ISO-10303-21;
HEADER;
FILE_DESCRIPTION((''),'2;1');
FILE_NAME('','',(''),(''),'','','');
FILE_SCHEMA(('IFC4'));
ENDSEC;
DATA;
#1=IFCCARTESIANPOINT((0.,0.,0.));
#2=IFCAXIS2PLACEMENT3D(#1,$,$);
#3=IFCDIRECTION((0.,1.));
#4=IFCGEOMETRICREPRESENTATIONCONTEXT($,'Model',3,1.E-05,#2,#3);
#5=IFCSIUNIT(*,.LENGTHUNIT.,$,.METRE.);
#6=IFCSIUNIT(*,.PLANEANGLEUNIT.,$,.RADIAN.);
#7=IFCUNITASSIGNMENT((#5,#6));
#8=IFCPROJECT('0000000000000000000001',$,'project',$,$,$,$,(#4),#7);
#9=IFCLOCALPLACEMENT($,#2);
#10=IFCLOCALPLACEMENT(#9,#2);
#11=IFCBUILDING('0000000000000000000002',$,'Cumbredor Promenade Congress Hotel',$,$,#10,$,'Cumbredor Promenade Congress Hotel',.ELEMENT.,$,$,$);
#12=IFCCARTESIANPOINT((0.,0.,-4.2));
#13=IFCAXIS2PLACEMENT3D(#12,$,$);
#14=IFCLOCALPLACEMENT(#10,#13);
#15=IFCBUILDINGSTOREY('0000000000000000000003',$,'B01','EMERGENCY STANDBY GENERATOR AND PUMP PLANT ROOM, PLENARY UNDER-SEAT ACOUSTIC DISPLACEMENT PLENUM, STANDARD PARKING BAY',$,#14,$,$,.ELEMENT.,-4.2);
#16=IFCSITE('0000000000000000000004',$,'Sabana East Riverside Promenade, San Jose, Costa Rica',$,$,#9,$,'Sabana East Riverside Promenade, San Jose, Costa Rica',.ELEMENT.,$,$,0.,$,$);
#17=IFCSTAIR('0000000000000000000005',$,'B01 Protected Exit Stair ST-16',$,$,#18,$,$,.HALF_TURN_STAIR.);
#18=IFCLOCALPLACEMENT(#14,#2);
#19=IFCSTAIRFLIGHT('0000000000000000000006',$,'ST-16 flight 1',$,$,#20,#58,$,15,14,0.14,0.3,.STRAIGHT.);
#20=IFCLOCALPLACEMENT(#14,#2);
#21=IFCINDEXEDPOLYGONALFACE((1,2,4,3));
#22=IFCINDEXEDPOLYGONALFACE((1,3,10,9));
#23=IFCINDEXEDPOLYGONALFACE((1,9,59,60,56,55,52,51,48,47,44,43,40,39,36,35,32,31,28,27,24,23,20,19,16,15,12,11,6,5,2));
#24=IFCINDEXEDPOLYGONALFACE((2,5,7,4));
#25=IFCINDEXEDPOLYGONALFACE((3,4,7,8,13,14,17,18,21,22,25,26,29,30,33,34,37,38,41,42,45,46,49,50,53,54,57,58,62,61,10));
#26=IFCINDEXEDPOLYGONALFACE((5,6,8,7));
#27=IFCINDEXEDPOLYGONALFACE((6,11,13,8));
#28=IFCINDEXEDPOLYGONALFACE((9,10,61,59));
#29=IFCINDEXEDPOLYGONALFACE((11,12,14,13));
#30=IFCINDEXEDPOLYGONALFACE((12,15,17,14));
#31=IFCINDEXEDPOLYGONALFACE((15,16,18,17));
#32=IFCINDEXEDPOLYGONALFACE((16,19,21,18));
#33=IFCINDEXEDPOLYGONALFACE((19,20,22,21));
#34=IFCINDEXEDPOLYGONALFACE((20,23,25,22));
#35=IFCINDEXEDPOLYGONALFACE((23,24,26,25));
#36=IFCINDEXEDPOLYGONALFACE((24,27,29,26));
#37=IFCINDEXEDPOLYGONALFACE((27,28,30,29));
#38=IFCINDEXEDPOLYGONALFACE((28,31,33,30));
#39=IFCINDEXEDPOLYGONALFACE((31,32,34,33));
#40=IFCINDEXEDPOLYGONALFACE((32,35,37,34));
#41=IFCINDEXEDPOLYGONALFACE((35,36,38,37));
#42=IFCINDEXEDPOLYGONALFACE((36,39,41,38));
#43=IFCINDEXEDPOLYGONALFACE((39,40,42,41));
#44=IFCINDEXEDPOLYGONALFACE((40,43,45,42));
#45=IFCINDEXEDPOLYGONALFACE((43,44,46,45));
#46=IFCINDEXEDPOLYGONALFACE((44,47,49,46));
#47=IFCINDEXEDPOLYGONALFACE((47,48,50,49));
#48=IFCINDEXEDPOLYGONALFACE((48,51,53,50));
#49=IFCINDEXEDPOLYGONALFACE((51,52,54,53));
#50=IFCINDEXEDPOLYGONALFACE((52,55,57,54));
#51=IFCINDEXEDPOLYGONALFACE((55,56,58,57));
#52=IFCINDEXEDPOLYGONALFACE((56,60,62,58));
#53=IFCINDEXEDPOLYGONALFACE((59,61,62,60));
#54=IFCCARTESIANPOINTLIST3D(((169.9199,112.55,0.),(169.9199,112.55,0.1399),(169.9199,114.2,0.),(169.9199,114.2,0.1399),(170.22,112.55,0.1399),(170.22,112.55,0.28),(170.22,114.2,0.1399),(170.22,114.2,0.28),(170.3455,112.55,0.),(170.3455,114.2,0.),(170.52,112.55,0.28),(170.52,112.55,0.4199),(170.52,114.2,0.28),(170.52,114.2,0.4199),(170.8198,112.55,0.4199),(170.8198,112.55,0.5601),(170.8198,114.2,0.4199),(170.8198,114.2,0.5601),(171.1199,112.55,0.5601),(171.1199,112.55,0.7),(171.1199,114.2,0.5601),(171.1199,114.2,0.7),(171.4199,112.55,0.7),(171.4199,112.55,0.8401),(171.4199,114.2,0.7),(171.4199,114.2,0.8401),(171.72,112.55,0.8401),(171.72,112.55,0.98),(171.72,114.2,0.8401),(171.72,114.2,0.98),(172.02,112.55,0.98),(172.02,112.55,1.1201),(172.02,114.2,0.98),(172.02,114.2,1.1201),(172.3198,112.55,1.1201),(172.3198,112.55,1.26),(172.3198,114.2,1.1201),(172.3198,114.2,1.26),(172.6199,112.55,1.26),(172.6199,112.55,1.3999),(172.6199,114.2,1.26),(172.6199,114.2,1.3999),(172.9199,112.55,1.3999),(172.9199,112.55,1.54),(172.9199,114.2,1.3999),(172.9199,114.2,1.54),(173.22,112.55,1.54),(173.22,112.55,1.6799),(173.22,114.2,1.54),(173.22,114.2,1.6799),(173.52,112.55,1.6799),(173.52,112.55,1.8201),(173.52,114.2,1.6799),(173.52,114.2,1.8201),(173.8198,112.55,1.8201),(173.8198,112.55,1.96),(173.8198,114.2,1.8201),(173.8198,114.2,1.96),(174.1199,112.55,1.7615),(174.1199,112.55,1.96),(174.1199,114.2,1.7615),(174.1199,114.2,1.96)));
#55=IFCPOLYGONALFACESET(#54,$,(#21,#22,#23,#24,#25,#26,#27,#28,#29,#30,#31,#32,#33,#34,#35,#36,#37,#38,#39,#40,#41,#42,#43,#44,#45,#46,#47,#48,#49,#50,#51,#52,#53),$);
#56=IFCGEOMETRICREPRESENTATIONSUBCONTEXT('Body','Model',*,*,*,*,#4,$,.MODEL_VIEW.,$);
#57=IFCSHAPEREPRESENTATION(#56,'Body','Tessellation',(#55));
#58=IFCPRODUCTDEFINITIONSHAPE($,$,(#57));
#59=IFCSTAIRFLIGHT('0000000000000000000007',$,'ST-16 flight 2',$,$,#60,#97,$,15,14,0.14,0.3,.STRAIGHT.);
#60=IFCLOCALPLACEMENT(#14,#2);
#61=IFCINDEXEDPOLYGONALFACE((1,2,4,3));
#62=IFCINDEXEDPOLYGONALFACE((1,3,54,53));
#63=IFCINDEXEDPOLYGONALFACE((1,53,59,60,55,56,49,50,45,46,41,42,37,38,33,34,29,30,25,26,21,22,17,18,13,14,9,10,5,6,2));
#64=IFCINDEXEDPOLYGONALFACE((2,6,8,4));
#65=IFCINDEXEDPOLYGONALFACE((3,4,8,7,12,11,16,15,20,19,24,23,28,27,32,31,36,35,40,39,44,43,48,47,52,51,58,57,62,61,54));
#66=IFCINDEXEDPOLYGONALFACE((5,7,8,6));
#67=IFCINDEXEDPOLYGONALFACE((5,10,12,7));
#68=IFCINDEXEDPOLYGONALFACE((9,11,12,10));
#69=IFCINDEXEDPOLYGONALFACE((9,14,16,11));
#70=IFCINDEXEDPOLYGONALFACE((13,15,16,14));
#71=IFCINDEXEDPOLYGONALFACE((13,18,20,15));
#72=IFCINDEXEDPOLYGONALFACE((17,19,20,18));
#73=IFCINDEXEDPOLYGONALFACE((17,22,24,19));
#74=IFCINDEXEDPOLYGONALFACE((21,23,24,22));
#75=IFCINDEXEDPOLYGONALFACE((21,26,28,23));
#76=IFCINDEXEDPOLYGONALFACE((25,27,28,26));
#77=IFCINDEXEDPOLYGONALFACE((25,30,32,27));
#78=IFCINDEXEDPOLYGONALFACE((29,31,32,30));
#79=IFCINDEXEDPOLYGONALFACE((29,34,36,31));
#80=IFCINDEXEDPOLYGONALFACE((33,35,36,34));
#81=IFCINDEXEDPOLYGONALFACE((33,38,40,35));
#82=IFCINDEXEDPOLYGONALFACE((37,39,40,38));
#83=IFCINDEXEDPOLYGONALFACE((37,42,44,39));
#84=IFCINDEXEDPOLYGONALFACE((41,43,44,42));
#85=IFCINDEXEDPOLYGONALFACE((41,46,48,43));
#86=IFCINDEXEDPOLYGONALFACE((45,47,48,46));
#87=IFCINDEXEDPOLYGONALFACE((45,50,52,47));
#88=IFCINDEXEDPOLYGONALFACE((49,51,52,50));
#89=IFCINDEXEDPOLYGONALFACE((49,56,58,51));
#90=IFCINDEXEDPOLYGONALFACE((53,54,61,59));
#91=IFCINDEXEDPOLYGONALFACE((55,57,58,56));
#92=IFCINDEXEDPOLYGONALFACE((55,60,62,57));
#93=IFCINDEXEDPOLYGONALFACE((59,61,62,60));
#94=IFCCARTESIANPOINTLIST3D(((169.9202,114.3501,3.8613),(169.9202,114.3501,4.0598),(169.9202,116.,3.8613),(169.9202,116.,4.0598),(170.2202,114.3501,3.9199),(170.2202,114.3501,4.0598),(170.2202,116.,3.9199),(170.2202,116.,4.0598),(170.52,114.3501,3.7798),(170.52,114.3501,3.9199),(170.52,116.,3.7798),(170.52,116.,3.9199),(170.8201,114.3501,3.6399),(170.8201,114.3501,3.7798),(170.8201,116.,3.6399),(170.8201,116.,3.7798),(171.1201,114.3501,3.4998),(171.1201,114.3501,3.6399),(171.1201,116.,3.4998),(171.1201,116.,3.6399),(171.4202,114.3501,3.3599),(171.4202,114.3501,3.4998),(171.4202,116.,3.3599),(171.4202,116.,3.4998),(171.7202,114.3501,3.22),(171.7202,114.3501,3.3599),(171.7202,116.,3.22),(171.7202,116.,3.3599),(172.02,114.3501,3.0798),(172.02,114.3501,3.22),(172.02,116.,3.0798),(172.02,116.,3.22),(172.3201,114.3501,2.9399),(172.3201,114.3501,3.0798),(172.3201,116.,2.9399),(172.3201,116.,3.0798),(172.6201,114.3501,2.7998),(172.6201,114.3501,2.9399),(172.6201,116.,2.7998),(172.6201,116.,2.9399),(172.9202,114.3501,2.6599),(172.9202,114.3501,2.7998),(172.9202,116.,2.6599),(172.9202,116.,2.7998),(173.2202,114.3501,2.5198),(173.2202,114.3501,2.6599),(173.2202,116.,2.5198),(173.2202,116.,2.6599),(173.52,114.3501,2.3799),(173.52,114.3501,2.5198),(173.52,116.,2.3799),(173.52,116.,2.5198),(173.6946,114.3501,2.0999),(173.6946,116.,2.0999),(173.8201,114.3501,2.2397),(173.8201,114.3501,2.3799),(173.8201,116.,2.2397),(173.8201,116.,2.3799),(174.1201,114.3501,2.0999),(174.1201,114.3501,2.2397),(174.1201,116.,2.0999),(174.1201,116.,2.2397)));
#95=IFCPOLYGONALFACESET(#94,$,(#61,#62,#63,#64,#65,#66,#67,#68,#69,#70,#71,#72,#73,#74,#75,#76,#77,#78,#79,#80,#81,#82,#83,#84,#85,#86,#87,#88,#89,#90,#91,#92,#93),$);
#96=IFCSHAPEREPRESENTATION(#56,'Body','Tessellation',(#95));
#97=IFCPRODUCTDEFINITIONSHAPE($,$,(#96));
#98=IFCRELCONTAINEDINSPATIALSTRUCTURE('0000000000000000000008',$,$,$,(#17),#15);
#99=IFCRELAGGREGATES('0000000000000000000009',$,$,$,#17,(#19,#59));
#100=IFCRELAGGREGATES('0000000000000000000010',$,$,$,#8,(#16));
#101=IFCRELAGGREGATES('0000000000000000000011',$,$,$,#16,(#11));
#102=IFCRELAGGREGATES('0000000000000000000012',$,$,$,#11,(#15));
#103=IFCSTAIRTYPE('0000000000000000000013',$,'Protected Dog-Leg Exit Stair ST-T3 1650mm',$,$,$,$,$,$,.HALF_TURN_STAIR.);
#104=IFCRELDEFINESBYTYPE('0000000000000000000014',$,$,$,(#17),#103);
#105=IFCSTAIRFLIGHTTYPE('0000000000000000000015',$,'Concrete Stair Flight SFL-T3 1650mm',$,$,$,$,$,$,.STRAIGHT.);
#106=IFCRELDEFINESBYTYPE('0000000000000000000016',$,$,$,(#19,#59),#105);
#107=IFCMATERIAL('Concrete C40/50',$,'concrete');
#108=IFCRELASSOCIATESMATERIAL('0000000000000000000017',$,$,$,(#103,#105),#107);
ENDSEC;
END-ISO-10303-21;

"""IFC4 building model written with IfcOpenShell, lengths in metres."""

from ifc_helpers import new_model, si_unit, direction, frame, origin, place, context, subcontext, project, spatial, polyline, outline, extrude, material, type_object, element, aggregate, save


model = new_model("IFC4")

# Units and contexts
model_context = context("Model", 3, precision=1e-05, world=origin(), true_north=direction((0.0, 1.0)))
body_context = subcontext(model_context, "Body", "Model", "MODEL_VIEW")
ifc_project = project(units=[si_unit("LENGTHUNIT", "METRE"), si_unit("PLANEANGLEUNIT", "RADIAN")], contexts=[model_context])

# Site, building, storey
site_placement = place(None, origin())
site = spatial("IfcSite", under=ifc_project, at=site_placement, Name="Sabana East Riverside Promenade, San Jose, Costa Rica", LongName="Sabana East Riverside Promenade, San Jose, Costa Rica", CompositionType="ELEMENT", RefElevation=0.0)
building_placement = place(site_placement, origin())
building = spatial("IfcBuilding", under=site, at=building_placement, Name="Cumbredor Promenade Congress Hotel", LongName="Cumbredor Promenade Congress Hotel", CompositionType="ELEMENT")
storey_placement = place(building_placement, frame((0.0, 0.0, -4.2)))
storey = spatial("IfcBuildingStorey", under=building, at=storey_placement, Name="B01", Description="EMERGENCY STANDBY GENERATOR AND PUMP PLANT ROOM, PLENARY UNDER-SEAT ACOUSTIC DISPLACEMENT PLENUM, STANDARD PARKING BAY", CompositionType="ELEMENT", Elevation=-4.2)

# Shared definitions
ifc_material_1 = material(Name="Concrete C40/50", Category="concrete")

# Stair, stair flights
stair_type = type_object("IfcStairType", Name="Protected Dog-Leg Exit Stair ST-T3 1650mm", PredefinedType="HALF_TURN_STAIR", material=ifc_material_1)
stair_placement = place(storey_placement, origin())
stair = element("IfcStair", 1, at=stair_placement, inside=storey, type_object=stair_type, Name="B01 Protected Exit Stair ST-16", PredefinedType="HALF_TURN_STAIR")
stair_flight_type = type_object("IfcStairFlightType", Name="Concrete Stair Flight SFL-T3 1650mm", PredefinedType="STRAIGHT", material=ifc_material_1)
stair_flight_1_placement = place(storey_placement, frame((169.9199, 113.375, 0.0), z_axis=(0.0, 0.0, 1.0), x_axis=(1.0, 0.0, 0.0)))
stair_flight_1 = element("IfcStairFlight", 2, at=stair_flight_1_placement, type_object=stair_flight_type, Name="ST-16 flight 1", NumberOfRisers=15, NumberOfTreads=14, PredefinedType="STRAIGHT", RiserHeight=0.14, TreadLength=0.3, context=body_context, shape_type="SweptSolid", body=[
    extrude(outline(polyline([(0.0, 0.0), (0.0, 0.1399), (0.3, 0.1399), (0.3, 0.28), (0.6001, 0.28), (0.6001, 0.4199), (0.8999, 0.4199), (0.8999, 0.5601), (1.2, 0.5601), (1.2, 0.7), (1.5, 0.7), (1.5, 0.8401), (1.8, 0.8401), (1.8, 0.98), (2.1001, 0.98), (2.1001, 1.1201), (2.3999, 1.1201), (2.3999, 1.26), (2.7, 1.26), (2.7, 1.3999), (3.0, 1.3999), (3.0, 1.54), (3.3, 1.54), (3.3, 1.6799), (3.6001, 1.6799), (3.6001, 1.8201), (3.8999, 1.8201), (3.8999, 1.96), (4.2, 1.96), (4.2, 2.1001), (4.2, 1.7615), (0.4255, 0.0), (0.0, 0.0)])), frame((0.0, 0.825, 0.0), z_axis=(0.0, -1.0, 0.0), x_axis=(1.0, 0.0, 0.0)), (0.0, 0.0, 1.0), 1.6499),
])
stair_flight_2_placement = place(storey_placement, frame((174.1201, 115.175, 2.0999), z_axis=(0.0, 0.0, 1.0), x_axis=(-1.0, 0.0, 0.0)))
stair_flight_2 = element("IfcStairFlight", 3, at=stair_flight_2_placement, type_object=stair_flight_type, Name="ST-16 flight 2", NumberOfRisers=15, NumberOfTreads=14, PredefinedType="STRAIGHT", RiserHeight=0.14, TreadLength=0.3, context=body_context, shape_type="SweptSolid", body=[
    extrude(outline(polyline([(0.0, 0.0), (0.0, 0.1399), (0.3, 0.1399), (0.3, 0.28), (0.6001, 0.28), (0.6001, 0.4199), (0.8999, 0.4199), (0.8999, 0.5601), (1.2, 0.5601), (1.2, 0.7), (1.5, 0.7), (1.5, 0.8401), (1.8, 0.8401), (1.8, 0.98), (2.1001, 0.98), (2.1001, 1.1201), (2.3999, 1.1201), (2.3999, 1.26), (2.7, 1.26), (2.7, 1.3999), (3.0, 1.3999), (3.0, 1.54), (3.3, 1.54), (3.3, 1.6799), (3.6001, 1.6799), (3.6001, 1.8201), (3.8999, 1.8201), (3.8999, 1.96), (4.2, 1.96), (4.2, 2.1001), (4.2, 1.7615), (0.4255, 0.0), (0.0, 0.0)])), frame((0.0, 0.825, 0.0), z_axis=(0.0, -1.0, 0.0), x_axis=(1.0, 0.0, 0.0)), (0.0, 0.0, 1.0), 1.6499),
])
aggregate(stair, [stair_flight_1, stair_flight_2])

save(model, "model.ifc")
